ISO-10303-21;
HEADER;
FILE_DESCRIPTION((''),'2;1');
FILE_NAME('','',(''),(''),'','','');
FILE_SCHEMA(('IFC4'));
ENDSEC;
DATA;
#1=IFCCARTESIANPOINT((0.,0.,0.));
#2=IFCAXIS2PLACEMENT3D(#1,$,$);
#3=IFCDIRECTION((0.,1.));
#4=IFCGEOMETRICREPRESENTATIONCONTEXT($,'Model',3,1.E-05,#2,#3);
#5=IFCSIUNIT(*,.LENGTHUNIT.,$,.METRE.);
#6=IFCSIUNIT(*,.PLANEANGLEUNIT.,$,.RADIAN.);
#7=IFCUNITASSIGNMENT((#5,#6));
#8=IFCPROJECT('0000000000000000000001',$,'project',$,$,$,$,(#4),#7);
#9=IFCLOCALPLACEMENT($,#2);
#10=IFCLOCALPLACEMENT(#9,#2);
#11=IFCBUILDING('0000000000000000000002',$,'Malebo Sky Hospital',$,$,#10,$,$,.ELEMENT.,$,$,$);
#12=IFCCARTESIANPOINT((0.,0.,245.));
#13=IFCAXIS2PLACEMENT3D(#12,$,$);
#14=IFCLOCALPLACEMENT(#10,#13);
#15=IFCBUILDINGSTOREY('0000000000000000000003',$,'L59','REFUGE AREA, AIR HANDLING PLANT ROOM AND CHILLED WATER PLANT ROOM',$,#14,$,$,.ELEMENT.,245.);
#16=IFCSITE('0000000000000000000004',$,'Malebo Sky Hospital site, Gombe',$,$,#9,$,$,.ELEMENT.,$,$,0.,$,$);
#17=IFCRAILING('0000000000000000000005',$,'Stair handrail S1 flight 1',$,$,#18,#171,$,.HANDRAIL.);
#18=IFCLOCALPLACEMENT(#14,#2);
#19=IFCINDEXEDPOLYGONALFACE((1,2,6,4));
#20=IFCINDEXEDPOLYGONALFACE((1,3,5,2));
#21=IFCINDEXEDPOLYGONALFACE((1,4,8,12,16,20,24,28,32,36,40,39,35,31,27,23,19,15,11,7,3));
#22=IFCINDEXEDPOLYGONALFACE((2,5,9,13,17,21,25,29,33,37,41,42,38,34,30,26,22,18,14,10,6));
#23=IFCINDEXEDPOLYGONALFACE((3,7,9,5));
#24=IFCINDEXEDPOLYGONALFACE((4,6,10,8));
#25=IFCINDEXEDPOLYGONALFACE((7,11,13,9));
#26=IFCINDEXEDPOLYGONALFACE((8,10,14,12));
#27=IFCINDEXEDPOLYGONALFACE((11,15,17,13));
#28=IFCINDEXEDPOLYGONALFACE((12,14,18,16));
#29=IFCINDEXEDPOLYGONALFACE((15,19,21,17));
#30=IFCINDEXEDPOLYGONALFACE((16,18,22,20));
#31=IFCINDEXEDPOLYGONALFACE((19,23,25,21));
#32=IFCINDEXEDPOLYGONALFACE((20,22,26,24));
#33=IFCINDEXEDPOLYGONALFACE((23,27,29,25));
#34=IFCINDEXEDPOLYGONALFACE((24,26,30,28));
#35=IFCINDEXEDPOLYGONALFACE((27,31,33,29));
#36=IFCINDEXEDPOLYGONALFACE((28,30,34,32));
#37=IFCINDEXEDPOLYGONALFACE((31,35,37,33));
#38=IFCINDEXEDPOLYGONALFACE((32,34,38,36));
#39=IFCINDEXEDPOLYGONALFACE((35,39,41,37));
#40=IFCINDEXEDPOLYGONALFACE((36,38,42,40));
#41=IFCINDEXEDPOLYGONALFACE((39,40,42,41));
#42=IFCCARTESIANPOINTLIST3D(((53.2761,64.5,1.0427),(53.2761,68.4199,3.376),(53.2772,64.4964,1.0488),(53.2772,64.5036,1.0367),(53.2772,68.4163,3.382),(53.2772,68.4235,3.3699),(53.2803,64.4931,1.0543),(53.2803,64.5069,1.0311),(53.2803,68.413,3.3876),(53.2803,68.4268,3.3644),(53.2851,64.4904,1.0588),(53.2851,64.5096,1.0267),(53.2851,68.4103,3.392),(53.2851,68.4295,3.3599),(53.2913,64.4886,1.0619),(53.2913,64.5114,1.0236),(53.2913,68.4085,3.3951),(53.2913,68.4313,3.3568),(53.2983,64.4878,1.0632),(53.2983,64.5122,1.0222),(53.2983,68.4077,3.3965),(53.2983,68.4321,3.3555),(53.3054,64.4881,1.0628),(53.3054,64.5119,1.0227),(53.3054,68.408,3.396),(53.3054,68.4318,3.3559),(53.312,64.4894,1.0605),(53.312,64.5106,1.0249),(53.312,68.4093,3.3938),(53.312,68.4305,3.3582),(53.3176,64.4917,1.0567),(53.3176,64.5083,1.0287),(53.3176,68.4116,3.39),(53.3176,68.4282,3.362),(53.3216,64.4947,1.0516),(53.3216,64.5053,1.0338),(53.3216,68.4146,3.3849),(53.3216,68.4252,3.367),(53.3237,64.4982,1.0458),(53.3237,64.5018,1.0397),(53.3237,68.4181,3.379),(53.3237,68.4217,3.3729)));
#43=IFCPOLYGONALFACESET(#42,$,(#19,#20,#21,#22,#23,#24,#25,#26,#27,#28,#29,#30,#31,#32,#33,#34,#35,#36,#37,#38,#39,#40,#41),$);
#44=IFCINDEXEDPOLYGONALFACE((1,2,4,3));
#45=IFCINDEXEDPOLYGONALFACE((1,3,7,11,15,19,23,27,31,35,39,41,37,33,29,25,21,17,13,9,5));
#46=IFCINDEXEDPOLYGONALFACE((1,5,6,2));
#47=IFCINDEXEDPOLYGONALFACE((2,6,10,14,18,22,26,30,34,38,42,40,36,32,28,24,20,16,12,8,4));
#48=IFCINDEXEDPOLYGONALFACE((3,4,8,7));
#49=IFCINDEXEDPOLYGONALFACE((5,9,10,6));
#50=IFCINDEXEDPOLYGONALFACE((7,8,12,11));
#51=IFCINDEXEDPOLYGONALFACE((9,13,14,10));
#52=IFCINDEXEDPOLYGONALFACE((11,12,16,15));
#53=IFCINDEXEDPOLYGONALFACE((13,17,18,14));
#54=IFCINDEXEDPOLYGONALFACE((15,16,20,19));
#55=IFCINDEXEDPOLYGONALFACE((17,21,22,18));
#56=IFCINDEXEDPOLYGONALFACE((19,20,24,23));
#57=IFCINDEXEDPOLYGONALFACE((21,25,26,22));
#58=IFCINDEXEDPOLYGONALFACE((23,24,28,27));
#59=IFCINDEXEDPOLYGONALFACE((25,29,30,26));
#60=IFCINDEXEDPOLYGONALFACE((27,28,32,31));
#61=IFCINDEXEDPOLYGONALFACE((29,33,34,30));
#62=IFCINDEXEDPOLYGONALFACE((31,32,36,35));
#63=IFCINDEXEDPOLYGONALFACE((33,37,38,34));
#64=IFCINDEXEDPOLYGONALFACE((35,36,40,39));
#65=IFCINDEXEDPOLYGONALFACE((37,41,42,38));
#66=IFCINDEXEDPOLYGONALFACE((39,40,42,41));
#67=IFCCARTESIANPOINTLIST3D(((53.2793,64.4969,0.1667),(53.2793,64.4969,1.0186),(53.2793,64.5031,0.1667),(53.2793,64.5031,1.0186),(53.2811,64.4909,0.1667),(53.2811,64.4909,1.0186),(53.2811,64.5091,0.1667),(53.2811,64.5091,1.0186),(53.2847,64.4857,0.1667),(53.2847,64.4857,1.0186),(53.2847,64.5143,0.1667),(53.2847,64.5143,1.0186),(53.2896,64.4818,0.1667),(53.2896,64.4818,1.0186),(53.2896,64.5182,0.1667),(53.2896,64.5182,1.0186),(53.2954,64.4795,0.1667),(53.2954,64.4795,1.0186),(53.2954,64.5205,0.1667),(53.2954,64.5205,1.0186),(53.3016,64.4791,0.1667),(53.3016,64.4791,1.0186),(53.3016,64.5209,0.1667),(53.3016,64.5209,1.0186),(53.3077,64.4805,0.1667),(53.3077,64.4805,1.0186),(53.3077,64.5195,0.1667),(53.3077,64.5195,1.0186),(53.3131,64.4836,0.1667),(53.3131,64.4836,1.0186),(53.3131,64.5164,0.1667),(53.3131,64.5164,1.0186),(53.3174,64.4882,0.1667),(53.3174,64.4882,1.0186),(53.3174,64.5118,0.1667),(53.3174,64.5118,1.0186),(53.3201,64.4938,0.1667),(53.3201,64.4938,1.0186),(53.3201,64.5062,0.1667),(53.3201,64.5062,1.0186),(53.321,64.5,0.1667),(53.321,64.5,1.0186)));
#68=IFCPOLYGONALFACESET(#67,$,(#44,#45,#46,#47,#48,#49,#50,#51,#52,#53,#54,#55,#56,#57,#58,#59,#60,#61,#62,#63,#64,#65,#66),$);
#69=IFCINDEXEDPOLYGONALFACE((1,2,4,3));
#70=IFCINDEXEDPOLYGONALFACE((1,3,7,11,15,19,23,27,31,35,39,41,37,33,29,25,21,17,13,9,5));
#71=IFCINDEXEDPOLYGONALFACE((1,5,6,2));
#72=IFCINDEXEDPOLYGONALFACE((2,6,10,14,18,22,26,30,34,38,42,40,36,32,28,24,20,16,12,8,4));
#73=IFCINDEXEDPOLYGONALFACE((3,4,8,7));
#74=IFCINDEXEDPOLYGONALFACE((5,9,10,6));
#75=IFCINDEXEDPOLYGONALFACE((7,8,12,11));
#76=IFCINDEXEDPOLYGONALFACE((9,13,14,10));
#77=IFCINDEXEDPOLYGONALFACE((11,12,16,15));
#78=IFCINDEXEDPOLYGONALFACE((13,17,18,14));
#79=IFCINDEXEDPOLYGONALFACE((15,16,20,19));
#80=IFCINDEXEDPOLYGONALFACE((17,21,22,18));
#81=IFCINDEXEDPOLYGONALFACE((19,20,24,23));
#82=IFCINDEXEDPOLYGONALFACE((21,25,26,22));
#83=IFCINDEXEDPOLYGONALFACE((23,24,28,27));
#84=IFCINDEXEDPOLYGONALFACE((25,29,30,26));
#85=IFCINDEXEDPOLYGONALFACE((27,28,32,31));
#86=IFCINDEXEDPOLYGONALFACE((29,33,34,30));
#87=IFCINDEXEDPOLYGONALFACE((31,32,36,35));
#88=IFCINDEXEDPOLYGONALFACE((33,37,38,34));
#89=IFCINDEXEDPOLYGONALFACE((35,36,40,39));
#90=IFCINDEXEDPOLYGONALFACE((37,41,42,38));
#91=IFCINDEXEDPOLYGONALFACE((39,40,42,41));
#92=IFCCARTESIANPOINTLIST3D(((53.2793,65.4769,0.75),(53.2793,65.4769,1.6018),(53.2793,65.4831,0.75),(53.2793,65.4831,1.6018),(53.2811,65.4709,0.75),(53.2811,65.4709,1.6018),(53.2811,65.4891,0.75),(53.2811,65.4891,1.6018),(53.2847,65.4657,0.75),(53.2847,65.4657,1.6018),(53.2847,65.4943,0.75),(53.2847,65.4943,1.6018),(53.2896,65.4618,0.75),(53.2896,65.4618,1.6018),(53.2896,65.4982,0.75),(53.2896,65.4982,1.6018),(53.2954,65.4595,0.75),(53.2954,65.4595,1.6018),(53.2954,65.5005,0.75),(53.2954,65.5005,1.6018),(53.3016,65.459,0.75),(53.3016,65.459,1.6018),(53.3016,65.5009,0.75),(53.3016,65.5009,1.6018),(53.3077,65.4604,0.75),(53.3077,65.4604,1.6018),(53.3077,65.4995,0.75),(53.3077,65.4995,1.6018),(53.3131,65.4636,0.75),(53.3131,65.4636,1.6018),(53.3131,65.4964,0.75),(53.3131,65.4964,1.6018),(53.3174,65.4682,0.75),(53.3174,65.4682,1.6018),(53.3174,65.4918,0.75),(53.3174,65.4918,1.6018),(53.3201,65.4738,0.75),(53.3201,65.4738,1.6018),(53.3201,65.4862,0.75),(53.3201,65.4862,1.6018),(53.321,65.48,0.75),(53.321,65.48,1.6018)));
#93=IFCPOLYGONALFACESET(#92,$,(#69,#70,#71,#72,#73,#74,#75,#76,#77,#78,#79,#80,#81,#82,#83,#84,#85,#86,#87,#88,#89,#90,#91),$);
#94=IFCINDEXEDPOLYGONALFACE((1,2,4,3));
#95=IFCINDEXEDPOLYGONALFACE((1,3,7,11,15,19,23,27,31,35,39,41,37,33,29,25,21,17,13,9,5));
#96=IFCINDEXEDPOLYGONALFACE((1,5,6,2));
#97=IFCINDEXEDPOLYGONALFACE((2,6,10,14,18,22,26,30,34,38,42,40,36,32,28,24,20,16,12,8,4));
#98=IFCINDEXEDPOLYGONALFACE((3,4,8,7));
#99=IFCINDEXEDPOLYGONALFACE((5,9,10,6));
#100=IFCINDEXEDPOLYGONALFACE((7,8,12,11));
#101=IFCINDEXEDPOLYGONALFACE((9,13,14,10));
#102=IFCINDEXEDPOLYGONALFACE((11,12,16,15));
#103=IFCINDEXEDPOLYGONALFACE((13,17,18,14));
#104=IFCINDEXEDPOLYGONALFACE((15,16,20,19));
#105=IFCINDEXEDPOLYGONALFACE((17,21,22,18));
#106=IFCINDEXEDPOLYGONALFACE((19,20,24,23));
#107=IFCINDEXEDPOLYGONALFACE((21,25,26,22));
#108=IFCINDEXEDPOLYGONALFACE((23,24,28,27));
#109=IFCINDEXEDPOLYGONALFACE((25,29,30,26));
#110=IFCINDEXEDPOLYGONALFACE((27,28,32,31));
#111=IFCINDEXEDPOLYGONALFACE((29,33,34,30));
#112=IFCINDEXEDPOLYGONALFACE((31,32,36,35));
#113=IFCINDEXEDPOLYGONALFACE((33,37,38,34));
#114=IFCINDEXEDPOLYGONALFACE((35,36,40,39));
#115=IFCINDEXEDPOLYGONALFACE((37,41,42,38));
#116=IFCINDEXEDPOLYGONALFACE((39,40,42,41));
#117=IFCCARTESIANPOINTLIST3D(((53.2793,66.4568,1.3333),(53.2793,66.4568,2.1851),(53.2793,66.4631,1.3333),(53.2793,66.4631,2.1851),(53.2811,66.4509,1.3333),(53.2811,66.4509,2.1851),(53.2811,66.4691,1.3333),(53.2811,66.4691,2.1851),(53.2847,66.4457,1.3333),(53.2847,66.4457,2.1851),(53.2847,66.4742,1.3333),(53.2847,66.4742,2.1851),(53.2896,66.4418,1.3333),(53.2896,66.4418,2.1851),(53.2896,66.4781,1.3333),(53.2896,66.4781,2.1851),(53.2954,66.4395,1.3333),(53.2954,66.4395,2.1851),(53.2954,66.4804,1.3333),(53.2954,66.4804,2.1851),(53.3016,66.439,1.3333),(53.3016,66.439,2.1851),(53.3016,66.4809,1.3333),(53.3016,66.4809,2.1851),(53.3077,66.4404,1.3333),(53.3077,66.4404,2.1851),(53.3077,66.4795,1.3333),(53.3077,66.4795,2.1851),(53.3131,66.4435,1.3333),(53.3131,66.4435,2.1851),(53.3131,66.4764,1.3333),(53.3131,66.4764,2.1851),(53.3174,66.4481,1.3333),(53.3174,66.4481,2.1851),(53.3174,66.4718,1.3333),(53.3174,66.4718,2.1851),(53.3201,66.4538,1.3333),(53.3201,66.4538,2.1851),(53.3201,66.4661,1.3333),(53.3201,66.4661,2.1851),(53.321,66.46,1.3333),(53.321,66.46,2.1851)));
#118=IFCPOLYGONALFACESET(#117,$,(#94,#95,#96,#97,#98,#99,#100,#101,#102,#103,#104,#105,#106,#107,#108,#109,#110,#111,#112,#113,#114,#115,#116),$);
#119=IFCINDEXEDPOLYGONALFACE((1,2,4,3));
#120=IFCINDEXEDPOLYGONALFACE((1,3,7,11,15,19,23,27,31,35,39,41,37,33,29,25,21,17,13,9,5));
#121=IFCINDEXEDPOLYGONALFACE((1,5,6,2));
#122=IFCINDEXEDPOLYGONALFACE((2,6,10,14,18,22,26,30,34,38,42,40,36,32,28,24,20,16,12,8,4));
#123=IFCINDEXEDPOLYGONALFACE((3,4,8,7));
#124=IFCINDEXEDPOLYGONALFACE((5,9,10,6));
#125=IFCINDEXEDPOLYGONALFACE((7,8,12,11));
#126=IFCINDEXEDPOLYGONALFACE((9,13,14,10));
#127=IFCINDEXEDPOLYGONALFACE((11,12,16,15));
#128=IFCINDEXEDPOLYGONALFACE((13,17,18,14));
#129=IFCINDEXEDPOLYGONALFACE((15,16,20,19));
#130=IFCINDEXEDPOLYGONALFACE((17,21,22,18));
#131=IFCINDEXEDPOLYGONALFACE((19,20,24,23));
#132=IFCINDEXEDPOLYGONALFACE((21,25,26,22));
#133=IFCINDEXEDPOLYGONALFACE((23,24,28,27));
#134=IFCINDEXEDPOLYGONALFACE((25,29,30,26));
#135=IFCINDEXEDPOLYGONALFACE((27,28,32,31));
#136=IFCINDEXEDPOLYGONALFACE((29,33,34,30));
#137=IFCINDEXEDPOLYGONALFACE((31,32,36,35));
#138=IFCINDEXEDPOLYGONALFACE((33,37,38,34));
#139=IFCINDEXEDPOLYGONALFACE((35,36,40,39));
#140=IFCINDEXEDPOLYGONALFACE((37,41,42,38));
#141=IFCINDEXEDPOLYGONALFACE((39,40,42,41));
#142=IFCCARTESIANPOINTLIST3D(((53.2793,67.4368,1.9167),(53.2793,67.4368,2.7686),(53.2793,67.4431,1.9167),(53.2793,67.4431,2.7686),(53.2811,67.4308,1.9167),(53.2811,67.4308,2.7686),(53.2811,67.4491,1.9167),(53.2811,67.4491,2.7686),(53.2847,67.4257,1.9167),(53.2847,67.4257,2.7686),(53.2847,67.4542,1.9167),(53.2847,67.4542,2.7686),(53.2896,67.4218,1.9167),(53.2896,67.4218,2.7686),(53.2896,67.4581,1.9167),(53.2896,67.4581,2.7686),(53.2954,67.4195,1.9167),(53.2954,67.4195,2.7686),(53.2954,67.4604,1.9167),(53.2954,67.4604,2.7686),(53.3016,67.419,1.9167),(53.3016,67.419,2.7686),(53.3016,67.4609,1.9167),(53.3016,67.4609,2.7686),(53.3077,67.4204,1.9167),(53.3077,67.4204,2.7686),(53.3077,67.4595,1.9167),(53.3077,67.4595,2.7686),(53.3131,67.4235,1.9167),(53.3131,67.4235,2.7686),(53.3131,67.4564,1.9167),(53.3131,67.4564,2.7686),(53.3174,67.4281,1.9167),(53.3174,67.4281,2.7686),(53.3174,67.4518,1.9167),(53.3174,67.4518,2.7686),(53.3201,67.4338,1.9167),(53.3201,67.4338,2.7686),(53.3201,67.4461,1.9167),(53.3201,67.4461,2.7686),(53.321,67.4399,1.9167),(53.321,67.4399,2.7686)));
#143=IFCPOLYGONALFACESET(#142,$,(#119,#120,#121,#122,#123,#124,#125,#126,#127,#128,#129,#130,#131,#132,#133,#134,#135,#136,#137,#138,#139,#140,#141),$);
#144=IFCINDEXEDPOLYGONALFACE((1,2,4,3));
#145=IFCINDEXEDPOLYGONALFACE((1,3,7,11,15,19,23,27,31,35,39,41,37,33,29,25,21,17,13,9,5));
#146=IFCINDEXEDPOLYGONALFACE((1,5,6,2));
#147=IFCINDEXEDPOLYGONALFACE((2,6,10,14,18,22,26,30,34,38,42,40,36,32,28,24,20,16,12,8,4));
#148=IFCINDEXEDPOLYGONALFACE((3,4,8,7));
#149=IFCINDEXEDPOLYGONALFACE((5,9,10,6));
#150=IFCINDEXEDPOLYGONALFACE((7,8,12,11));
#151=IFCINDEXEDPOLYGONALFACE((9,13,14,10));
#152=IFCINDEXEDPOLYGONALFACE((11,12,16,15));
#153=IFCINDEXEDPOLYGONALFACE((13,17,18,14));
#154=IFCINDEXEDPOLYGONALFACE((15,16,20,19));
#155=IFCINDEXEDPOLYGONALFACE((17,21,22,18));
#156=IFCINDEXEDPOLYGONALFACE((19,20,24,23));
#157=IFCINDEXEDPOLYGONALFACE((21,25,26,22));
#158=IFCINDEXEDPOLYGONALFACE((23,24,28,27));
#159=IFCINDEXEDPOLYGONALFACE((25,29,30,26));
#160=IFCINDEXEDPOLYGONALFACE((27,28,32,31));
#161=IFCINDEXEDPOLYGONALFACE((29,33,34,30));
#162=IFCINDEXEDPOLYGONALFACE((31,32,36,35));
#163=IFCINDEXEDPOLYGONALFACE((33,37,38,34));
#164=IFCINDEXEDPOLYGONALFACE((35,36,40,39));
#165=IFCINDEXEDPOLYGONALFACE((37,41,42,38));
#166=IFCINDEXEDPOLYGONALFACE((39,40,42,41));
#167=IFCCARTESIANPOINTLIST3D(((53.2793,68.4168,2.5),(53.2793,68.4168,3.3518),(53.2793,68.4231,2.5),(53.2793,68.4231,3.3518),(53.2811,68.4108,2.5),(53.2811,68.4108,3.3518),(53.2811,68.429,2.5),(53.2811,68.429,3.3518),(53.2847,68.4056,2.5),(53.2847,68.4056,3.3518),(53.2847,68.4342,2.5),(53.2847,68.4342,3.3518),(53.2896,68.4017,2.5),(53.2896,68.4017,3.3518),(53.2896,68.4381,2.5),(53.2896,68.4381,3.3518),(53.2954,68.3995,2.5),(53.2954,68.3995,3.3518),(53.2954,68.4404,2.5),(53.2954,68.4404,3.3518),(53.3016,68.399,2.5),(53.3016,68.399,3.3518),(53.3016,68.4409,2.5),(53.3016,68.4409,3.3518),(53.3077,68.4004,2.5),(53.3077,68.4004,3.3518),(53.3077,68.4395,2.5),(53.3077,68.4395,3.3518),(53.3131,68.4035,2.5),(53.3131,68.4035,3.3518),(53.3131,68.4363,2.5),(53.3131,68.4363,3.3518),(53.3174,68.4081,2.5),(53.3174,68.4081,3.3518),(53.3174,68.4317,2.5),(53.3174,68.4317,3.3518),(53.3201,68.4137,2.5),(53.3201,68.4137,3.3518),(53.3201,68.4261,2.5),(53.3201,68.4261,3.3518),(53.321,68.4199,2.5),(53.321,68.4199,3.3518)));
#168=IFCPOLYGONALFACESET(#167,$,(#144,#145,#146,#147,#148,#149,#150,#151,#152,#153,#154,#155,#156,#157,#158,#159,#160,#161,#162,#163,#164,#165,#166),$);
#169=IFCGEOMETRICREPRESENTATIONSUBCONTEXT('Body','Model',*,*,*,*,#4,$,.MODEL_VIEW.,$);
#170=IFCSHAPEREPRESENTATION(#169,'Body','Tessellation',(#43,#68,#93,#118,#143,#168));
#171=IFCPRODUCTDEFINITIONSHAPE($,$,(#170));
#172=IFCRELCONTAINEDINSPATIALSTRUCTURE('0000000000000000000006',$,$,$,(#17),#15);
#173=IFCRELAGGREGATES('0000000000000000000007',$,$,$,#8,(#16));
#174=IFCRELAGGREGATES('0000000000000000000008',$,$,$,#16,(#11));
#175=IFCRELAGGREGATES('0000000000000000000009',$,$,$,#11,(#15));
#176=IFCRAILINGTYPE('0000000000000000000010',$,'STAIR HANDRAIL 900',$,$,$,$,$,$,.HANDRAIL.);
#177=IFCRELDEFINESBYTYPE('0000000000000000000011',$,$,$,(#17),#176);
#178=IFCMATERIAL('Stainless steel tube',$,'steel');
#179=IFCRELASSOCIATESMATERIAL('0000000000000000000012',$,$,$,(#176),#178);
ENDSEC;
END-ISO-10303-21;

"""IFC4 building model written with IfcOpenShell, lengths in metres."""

from ifc_helpers import new_model, si_unit, direction, frame, origin, origin_2d, place, context, subcontext, project, spatial, circle, extrude, material, type_object, element, save


model = new_model("IFC4")

# Units and contexts
model_context = context("Model", 3, precision=1e-05, world=origin(), true_north=direction((0.0, 1.0)))
body_context = subcontext(model_context, "Body", "Model", "MODEL_VIEW")
ifc_project = project(units=[si_unit("LENGTHUNIT", "METRE"), si_unit("PLANEANGLEUNIT", "RADIAN")], contexts=[model_context])

# Site, building, storey
site_placement = place(None, origin())
site = spatial("IfcSite", under=ifc_project, at=site_placement, Name="Malebo Sky Hospital site, Gombe", CompositionType="ELEMENT", RefElevation=0.0)
building_placement = place(site_placement, origin())
building = spatial("IfcBuilding", under=site, at=building_placement, Name="Malebo Sky Hospital", CompositionType="ELEMENT")
storey_placement = place(building_placement, frame((0.0, 0.0, 245.0)))
storey = spatial("IfcBuildingStorey", under=building, at=storey_placement, Name="L59", Description="REFUGE AREA, AIR HANDLING PLANT ROOM AND CHILLED WATER PLANT ROOM", CompositionType="ELEMENT", Elevation=245.0)

# Railing
ifc_material_1 = material(Name="Stainless steel tube", Category="steel")
railing_type = type_object("IfcRailingType", Name="STAIR HANDRAIL 900", PredefinedType="HANDRAIL", material=ifc_material_1)
railing_1_placement = place(storey_placement, frame((53.3, 64.5, 0.1667)))
element("IfcRailing", 1, at=railing_1_placement, inside=storey, type_object=railing_type, Name="Stair handrail S1 flight 1", PredefinedType="HANDRAIL", context=body_context, shape_type="SweptSolid", body=[
    extrude(circle(Radius=0.0239, at=origin_2d()), frame((0.0, 0.0, 0.876), z_axis=(0.0, 0.859296, 0.511478), x_axis=(-1.0, 0.0, 0.0)), (0.0, 0.0, 1.0), 4.5618),
    extrude(circle(Radius=0.021, at=origin_2d()), origin(), (0.0, 0.0, 1.0), 0.8518),
    extrude(circle(Radius=0.021, at=origin_2d()), frame((0.0, 0.98, 0.5833)), (0.0, 0.0, 1.0), 0.8518),
    extrude(circle(Radius=0.021, at=origin_2d()), frame((0.0, 1.96, 1.1665)), (0.0, 0.0, 1.0), 0.8518),
    extrude(circle(Radius=0.021, at=origin_2d()), frame((0.0, 2.9399, 1.75)), (0.0, 0.0, 1.0), 0.8518),
    extrude(circle(Radius=0.021, at=origin_2d()), frame((0.0, 3.9199, 2.3333)), (0.0, 0.0, 1.0), 0.8518),
])

save(model, "model.ifc")
